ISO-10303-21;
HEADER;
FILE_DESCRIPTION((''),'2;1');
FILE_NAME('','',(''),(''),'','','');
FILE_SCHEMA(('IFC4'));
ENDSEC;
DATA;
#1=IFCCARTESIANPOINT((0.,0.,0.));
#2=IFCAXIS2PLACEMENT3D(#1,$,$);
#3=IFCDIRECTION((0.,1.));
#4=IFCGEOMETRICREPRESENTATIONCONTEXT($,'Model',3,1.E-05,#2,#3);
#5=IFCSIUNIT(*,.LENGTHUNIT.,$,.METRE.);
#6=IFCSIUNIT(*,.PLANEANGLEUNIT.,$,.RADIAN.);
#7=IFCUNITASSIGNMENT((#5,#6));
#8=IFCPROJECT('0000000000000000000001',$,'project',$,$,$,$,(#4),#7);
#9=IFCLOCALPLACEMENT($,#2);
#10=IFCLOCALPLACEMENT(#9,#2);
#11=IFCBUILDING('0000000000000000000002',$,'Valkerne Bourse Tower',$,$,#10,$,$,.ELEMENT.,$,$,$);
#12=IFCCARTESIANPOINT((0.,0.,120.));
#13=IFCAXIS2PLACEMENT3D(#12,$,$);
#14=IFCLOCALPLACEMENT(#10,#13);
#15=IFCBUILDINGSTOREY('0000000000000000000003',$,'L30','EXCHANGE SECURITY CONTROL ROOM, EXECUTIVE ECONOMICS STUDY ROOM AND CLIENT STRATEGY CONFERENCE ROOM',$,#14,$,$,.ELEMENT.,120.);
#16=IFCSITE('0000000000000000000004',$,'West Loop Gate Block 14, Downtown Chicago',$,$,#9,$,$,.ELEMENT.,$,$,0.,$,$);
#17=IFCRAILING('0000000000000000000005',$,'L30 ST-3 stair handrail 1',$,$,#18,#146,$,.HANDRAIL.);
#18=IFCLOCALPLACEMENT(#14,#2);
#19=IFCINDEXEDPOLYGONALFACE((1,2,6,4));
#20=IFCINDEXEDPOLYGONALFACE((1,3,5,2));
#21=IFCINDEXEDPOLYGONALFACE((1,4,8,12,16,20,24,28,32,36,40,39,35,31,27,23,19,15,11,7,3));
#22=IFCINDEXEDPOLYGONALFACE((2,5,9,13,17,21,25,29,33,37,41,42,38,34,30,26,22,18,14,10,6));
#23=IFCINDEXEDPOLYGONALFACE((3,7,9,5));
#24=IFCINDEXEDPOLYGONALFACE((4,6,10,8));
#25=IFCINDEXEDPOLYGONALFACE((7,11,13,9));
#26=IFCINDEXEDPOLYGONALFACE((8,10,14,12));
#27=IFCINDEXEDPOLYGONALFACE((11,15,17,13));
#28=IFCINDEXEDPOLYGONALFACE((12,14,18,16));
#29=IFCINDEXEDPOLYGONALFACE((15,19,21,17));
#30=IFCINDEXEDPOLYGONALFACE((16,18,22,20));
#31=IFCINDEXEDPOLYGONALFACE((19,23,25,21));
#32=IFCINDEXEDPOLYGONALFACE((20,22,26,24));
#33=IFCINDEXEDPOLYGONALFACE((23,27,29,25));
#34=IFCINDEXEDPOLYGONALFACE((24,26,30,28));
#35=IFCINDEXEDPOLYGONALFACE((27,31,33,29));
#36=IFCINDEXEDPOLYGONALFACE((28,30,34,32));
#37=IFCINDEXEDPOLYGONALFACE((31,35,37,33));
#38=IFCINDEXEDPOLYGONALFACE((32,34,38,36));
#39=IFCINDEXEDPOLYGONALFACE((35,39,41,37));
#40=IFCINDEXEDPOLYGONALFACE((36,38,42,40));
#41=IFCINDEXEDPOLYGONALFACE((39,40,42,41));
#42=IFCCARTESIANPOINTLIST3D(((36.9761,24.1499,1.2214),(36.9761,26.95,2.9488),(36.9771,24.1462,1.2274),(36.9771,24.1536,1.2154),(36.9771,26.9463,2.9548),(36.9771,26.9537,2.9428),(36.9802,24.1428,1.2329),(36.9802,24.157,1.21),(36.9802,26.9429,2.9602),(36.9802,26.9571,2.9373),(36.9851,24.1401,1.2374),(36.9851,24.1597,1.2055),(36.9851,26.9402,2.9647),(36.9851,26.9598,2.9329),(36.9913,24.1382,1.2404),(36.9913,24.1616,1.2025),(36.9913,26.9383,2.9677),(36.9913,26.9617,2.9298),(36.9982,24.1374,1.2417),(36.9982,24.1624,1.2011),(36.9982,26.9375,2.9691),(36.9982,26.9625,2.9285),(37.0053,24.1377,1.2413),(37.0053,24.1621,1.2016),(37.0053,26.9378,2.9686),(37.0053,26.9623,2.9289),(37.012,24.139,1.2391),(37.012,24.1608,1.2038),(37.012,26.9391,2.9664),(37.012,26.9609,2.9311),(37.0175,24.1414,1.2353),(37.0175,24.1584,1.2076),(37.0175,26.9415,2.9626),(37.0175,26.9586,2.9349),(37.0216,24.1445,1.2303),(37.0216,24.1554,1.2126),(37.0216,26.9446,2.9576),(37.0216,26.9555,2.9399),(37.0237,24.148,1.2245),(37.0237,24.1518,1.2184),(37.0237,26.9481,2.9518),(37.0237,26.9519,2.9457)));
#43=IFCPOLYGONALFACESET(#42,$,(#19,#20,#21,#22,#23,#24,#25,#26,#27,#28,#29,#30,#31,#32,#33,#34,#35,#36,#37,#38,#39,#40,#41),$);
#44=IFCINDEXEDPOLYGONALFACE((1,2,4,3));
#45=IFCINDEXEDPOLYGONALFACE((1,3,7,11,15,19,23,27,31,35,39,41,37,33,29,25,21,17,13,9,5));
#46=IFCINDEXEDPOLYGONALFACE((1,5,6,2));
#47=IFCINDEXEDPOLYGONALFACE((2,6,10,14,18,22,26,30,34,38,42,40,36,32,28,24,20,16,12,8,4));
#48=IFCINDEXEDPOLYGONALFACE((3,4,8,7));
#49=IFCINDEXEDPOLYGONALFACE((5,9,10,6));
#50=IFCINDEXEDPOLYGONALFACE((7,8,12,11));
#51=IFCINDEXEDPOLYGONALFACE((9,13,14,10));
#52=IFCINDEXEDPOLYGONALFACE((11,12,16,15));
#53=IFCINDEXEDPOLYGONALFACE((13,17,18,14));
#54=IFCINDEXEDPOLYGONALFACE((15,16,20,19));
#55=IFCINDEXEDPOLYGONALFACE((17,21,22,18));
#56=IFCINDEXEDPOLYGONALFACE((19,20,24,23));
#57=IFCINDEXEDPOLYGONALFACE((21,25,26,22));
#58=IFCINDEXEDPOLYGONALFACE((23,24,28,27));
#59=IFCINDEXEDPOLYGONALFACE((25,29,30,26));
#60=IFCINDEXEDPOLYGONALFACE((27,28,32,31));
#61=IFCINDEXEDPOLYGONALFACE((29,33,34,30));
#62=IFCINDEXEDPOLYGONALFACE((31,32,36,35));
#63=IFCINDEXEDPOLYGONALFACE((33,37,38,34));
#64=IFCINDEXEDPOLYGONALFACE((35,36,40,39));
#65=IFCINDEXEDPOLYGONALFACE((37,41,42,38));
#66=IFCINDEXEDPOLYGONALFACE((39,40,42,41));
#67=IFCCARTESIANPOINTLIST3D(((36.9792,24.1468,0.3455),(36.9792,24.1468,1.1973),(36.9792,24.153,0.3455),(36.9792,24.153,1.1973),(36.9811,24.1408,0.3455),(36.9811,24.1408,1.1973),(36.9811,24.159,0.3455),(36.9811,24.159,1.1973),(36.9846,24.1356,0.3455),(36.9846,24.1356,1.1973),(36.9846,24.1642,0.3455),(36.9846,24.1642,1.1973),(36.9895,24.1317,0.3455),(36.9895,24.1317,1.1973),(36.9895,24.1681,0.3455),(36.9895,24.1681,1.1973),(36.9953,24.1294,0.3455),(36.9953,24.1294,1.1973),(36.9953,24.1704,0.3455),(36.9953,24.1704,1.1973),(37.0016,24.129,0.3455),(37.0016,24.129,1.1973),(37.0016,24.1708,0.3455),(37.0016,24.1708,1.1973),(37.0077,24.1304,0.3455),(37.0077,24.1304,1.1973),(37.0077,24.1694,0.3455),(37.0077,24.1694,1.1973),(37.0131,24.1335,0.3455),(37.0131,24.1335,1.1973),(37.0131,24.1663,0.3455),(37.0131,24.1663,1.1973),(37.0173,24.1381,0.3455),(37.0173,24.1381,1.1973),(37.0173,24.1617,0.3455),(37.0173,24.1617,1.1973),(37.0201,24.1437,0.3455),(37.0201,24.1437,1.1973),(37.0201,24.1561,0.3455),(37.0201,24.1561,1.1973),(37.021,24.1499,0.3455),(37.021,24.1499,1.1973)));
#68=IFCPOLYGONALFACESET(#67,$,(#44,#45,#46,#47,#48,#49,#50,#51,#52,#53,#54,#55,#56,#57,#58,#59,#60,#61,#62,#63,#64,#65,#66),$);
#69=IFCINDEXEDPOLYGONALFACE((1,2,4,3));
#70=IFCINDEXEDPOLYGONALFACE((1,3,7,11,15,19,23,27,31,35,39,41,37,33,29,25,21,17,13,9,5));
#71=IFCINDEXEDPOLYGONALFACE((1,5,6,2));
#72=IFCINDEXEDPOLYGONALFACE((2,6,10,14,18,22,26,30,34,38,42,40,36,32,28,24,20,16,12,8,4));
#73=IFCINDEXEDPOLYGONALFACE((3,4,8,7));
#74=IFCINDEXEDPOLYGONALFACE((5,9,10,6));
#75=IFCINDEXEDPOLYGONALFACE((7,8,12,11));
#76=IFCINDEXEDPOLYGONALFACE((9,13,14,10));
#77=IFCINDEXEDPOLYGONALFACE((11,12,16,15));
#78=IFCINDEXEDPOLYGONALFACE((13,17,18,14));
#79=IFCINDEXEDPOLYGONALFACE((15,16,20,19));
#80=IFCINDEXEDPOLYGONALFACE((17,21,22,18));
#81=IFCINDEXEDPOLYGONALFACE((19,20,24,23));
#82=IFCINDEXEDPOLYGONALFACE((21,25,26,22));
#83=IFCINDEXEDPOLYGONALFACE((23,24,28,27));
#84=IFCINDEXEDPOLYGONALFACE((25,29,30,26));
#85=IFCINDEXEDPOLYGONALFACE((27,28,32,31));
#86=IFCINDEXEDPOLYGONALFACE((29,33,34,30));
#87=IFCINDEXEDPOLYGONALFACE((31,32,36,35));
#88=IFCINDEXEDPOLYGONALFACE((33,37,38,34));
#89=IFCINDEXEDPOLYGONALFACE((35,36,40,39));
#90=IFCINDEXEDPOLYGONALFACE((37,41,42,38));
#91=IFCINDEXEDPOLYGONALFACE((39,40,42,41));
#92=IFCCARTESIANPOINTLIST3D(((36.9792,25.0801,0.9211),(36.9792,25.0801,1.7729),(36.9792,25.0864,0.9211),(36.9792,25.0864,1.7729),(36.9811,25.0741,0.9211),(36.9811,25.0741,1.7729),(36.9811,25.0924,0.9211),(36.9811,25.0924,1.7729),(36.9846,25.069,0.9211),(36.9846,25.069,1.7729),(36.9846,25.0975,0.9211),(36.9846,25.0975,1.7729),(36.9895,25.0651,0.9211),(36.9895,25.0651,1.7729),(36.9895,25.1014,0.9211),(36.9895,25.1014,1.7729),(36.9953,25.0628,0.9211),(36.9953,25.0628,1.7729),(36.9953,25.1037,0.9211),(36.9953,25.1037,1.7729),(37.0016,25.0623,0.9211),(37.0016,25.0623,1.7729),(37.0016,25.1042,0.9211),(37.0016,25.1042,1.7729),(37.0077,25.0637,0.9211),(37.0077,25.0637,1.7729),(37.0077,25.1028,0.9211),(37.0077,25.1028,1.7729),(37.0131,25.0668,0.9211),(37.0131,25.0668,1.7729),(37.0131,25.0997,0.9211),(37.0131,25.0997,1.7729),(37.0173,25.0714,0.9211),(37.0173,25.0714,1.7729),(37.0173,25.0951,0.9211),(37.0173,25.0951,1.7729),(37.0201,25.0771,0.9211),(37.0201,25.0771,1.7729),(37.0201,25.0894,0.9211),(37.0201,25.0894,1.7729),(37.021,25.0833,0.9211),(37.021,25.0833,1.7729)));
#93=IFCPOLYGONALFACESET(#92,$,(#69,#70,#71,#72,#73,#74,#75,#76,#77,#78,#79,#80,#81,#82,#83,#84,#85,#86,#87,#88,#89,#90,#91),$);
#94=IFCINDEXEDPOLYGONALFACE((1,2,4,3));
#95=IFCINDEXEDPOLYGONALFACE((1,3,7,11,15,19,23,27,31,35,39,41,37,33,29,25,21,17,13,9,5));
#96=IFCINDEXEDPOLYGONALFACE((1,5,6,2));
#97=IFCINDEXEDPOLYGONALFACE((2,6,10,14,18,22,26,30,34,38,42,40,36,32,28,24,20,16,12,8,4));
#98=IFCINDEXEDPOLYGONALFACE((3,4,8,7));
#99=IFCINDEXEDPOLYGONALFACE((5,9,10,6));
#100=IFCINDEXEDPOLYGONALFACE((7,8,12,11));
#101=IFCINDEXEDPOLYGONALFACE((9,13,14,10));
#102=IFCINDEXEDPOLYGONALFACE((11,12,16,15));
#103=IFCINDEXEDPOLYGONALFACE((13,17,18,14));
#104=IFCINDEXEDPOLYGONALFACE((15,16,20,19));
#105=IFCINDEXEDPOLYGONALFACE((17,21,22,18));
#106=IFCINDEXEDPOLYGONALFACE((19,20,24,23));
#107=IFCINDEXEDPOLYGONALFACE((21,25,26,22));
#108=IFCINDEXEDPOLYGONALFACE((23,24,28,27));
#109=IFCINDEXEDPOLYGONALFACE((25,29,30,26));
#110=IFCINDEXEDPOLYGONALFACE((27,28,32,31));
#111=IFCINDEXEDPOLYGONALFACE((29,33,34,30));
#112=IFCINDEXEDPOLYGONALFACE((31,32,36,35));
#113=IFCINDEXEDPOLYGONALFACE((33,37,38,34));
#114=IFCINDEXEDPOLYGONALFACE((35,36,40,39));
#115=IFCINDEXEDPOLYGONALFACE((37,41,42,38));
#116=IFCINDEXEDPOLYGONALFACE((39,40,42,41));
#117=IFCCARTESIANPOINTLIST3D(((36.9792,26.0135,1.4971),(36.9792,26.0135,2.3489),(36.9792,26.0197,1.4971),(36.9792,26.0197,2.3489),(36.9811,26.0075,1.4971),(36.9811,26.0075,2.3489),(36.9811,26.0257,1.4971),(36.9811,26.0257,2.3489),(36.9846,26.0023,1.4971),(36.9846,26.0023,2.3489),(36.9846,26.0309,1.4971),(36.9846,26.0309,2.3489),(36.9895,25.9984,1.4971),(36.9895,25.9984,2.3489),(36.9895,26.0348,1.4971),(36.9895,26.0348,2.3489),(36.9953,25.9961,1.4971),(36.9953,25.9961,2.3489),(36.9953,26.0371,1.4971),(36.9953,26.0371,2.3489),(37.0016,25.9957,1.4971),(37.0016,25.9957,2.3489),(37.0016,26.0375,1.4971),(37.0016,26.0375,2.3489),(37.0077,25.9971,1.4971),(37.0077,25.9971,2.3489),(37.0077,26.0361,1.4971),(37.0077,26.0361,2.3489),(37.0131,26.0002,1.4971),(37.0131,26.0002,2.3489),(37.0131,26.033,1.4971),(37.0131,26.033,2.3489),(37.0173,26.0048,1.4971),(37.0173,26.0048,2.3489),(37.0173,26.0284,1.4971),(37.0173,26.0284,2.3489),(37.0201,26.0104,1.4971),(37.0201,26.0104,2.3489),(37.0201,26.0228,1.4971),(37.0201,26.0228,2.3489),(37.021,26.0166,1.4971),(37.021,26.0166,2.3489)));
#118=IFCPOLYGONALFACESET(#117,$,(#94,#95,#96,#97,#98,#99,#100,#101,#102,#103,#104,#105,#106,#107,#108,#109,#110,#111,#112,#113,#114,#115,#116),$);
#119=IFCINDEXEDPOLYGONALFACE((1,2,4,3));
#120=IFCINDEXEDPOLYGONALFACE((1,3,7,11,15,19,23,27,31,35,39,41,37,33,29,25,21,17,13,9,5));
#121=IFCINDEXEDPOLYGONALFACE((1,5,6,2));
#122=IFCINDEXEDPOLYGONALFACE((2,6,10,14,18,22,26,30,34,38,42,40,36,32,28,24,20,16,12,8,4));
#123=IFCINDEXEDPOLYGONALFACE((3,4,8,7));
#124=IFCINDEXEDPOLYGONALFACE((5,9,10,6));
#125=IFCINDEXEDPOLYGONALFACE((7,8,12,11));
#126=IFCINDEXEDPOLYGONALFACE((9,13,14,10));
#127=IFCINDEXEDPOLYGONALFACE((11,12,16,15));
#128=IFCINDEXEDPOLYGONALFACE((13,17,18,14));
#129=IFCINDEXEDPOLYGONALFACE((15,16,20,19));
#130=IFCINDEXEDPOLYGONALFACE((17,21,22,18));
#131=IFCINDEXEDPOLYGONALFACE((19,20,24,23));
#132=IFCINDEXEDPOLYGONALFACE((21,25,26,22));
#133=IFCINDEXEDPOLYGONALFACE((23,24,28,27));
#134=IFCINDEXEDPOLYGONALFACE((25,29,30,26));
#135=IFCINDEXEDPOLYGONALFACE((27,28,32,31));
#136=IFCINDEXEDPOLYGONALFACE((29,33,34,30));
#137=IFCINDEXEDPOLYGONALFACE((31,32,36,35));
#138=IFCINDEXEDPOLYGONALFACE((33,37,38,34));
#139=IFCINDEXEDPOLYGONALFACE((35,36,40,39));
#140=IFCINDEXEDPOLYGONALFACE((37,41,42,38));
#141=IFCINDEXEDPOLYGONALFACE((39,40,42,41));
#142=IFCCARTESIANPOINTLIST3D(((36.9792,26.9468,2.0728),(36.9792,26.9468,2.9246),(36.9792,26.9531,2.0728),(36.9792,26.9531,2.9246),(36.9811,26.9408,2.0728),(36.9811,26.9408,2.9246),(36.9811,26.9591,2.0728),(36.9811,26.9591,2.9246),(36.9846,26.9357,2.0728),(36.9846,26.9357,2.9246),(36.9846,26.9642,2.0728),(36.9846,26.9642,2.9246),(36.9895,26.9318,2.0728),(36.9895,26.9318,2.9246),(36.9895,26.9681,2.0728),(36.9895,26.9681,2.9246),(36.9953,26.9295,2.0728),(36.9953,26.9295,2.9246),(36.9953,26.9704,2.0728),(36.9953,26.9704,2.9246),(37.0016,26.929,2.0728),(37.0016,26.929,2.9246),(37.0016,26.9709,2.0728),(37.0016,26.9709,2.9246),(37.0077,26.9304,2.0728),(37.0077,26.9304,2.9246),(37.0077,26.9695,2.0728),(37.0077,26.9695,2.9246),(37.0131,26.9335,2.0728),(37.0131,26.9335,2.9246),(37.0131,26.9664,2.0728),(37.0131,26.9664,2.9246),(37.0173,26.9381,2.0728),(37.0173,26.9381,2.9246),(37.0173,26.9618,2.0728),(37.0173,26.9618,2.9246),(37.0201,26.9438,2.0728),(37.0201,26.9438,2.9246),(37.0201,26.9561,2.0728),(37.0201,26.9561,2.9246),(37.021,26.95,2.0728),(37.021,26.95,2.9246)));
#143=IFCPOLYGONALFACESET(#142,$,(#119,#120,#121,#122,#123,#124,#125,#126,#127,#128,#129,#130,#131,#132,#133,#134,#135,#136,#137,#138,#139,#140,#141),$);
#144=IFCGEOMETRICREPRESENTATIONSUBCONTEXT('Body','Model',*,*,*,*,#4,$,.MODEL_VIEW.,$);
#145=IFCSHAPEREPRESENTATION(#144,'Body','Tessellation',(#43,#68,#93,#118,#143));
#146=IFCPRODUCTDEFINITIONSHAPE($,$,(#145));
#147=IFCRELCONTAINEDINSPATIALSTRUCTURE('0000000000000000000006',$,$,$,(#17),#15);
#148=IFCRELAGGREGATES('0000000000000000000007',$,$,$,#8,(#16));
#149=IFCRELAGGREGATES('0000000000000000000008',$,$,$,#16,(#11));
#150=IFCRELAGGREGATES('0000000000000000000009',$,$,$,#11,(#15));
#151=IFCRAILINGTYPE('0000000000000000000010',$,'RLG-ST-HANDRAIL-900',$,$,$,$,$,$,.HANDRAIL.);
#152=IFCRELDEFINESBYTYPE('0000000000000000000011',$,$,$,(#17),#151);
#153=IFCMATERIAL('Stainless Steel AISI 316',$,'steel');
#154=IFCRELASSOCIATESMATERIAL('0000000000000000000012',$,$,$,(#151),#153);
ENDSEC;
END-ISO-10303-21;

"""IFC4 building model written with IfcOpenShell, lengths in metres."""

from ifc_helpers import new_model, si_unit, direction, frame, origin, origin_2d, place, context, subcontext, project, spatial, circle, extrude, material, type_object, element, save


model = new_model("IFC4")

# Units and contexts
model_context = context("Model", 3, precision=1e-05, world=origin(), true_north=direction((0.0, 1.0)))
body_context = subcontext(model_context, "Body", "Model", "MODEL_VIEW")
ifc_project = project(units=[si_unit("LENGTHUNIT", "METRE"), si_unit("PLANEANGLEUNIT", "RADIAN")], contexts=[model_context])

# Site, building, storey
site_placement = place(None, origin())
site = spatial("IfcSite", under=ifc_project, at=site_placement, Name="West Loop Gate Block 14, Downtown Chicago", CompositionType="ELEMENT", RefElevation=0.0)
building_placement = place(site_placement, origin())
building = spatial("IfcBuilding", under=site, at=building_placement, Name="Valkerne Bourse Tower", CompositionType="ELEMENT")
storey_placement = place(building_placement, frame((0.0, 0.0, 120.0)))
storey = spatial("IfcBuildingStorey", under=building, at=storey_placement, Name="L30", Description="EXCHANGE SECURITY CONTROL ROOM, EXECUTIVE ECONOMICS STUDY ROOM AND CLIENT STRATEGY CONFERENCE ROOM", CompositionType="ELEMENT", Elevation=120.0)

# Railing
ifc_material_1 = material(Name="Stainless Steel AISI 316", Category="steel")
railing_type_1 = type_object("IfcRailingType", Name="RLG-ST-HANDRAIL-900", PredefinedType="HANDRAIL", material=ifc_material_1)
railing_1_placement = place(storey_placement, frame((37.0, 24.1499, 0.3455)))
element("IfcRailing", 1, at=railing_1_placement, inside=storey, type_object=railing_type_1, Name="L30 ST-3 stair handrail 1", PredefinedType="HANDRAIL", context=body_context, shape_type="SweptSolid", body=[
    extrude(circle(Radius=0.0239, at=origin_2d()), frame((0.0, 0.0, 0.876), z_axis=(0.0, 0.85109, 0.52502), x_axis=(-1.0, 0.0, 0.0)), (0.0, 0.0, 1.0), 3.29),
    extrude(circle(Radius=0.021, at=origin_2d()), origin(), (0.0, 0.0, 1.0), 0.8518),
    extrude(circle(Radius=0.021, at=origin_2d()), frame((0.0, 0.9333, 0.5757)), (0.0, 0.0, 1.0), 0.8518),
    extrude(circle(Radius=0.021, at=origin_2d()), frame((0.0, 1.8667, 1.1516)), (0.0, 0.0, 1.0), 0.8518),
    extrude(circle(Radius=0.021, at=origin_2d()), frame((0.0, 2.8, 1.7273)), (0.0, 0.0, 1.0), 0.8518),
])

save(model, "model.ifc")
